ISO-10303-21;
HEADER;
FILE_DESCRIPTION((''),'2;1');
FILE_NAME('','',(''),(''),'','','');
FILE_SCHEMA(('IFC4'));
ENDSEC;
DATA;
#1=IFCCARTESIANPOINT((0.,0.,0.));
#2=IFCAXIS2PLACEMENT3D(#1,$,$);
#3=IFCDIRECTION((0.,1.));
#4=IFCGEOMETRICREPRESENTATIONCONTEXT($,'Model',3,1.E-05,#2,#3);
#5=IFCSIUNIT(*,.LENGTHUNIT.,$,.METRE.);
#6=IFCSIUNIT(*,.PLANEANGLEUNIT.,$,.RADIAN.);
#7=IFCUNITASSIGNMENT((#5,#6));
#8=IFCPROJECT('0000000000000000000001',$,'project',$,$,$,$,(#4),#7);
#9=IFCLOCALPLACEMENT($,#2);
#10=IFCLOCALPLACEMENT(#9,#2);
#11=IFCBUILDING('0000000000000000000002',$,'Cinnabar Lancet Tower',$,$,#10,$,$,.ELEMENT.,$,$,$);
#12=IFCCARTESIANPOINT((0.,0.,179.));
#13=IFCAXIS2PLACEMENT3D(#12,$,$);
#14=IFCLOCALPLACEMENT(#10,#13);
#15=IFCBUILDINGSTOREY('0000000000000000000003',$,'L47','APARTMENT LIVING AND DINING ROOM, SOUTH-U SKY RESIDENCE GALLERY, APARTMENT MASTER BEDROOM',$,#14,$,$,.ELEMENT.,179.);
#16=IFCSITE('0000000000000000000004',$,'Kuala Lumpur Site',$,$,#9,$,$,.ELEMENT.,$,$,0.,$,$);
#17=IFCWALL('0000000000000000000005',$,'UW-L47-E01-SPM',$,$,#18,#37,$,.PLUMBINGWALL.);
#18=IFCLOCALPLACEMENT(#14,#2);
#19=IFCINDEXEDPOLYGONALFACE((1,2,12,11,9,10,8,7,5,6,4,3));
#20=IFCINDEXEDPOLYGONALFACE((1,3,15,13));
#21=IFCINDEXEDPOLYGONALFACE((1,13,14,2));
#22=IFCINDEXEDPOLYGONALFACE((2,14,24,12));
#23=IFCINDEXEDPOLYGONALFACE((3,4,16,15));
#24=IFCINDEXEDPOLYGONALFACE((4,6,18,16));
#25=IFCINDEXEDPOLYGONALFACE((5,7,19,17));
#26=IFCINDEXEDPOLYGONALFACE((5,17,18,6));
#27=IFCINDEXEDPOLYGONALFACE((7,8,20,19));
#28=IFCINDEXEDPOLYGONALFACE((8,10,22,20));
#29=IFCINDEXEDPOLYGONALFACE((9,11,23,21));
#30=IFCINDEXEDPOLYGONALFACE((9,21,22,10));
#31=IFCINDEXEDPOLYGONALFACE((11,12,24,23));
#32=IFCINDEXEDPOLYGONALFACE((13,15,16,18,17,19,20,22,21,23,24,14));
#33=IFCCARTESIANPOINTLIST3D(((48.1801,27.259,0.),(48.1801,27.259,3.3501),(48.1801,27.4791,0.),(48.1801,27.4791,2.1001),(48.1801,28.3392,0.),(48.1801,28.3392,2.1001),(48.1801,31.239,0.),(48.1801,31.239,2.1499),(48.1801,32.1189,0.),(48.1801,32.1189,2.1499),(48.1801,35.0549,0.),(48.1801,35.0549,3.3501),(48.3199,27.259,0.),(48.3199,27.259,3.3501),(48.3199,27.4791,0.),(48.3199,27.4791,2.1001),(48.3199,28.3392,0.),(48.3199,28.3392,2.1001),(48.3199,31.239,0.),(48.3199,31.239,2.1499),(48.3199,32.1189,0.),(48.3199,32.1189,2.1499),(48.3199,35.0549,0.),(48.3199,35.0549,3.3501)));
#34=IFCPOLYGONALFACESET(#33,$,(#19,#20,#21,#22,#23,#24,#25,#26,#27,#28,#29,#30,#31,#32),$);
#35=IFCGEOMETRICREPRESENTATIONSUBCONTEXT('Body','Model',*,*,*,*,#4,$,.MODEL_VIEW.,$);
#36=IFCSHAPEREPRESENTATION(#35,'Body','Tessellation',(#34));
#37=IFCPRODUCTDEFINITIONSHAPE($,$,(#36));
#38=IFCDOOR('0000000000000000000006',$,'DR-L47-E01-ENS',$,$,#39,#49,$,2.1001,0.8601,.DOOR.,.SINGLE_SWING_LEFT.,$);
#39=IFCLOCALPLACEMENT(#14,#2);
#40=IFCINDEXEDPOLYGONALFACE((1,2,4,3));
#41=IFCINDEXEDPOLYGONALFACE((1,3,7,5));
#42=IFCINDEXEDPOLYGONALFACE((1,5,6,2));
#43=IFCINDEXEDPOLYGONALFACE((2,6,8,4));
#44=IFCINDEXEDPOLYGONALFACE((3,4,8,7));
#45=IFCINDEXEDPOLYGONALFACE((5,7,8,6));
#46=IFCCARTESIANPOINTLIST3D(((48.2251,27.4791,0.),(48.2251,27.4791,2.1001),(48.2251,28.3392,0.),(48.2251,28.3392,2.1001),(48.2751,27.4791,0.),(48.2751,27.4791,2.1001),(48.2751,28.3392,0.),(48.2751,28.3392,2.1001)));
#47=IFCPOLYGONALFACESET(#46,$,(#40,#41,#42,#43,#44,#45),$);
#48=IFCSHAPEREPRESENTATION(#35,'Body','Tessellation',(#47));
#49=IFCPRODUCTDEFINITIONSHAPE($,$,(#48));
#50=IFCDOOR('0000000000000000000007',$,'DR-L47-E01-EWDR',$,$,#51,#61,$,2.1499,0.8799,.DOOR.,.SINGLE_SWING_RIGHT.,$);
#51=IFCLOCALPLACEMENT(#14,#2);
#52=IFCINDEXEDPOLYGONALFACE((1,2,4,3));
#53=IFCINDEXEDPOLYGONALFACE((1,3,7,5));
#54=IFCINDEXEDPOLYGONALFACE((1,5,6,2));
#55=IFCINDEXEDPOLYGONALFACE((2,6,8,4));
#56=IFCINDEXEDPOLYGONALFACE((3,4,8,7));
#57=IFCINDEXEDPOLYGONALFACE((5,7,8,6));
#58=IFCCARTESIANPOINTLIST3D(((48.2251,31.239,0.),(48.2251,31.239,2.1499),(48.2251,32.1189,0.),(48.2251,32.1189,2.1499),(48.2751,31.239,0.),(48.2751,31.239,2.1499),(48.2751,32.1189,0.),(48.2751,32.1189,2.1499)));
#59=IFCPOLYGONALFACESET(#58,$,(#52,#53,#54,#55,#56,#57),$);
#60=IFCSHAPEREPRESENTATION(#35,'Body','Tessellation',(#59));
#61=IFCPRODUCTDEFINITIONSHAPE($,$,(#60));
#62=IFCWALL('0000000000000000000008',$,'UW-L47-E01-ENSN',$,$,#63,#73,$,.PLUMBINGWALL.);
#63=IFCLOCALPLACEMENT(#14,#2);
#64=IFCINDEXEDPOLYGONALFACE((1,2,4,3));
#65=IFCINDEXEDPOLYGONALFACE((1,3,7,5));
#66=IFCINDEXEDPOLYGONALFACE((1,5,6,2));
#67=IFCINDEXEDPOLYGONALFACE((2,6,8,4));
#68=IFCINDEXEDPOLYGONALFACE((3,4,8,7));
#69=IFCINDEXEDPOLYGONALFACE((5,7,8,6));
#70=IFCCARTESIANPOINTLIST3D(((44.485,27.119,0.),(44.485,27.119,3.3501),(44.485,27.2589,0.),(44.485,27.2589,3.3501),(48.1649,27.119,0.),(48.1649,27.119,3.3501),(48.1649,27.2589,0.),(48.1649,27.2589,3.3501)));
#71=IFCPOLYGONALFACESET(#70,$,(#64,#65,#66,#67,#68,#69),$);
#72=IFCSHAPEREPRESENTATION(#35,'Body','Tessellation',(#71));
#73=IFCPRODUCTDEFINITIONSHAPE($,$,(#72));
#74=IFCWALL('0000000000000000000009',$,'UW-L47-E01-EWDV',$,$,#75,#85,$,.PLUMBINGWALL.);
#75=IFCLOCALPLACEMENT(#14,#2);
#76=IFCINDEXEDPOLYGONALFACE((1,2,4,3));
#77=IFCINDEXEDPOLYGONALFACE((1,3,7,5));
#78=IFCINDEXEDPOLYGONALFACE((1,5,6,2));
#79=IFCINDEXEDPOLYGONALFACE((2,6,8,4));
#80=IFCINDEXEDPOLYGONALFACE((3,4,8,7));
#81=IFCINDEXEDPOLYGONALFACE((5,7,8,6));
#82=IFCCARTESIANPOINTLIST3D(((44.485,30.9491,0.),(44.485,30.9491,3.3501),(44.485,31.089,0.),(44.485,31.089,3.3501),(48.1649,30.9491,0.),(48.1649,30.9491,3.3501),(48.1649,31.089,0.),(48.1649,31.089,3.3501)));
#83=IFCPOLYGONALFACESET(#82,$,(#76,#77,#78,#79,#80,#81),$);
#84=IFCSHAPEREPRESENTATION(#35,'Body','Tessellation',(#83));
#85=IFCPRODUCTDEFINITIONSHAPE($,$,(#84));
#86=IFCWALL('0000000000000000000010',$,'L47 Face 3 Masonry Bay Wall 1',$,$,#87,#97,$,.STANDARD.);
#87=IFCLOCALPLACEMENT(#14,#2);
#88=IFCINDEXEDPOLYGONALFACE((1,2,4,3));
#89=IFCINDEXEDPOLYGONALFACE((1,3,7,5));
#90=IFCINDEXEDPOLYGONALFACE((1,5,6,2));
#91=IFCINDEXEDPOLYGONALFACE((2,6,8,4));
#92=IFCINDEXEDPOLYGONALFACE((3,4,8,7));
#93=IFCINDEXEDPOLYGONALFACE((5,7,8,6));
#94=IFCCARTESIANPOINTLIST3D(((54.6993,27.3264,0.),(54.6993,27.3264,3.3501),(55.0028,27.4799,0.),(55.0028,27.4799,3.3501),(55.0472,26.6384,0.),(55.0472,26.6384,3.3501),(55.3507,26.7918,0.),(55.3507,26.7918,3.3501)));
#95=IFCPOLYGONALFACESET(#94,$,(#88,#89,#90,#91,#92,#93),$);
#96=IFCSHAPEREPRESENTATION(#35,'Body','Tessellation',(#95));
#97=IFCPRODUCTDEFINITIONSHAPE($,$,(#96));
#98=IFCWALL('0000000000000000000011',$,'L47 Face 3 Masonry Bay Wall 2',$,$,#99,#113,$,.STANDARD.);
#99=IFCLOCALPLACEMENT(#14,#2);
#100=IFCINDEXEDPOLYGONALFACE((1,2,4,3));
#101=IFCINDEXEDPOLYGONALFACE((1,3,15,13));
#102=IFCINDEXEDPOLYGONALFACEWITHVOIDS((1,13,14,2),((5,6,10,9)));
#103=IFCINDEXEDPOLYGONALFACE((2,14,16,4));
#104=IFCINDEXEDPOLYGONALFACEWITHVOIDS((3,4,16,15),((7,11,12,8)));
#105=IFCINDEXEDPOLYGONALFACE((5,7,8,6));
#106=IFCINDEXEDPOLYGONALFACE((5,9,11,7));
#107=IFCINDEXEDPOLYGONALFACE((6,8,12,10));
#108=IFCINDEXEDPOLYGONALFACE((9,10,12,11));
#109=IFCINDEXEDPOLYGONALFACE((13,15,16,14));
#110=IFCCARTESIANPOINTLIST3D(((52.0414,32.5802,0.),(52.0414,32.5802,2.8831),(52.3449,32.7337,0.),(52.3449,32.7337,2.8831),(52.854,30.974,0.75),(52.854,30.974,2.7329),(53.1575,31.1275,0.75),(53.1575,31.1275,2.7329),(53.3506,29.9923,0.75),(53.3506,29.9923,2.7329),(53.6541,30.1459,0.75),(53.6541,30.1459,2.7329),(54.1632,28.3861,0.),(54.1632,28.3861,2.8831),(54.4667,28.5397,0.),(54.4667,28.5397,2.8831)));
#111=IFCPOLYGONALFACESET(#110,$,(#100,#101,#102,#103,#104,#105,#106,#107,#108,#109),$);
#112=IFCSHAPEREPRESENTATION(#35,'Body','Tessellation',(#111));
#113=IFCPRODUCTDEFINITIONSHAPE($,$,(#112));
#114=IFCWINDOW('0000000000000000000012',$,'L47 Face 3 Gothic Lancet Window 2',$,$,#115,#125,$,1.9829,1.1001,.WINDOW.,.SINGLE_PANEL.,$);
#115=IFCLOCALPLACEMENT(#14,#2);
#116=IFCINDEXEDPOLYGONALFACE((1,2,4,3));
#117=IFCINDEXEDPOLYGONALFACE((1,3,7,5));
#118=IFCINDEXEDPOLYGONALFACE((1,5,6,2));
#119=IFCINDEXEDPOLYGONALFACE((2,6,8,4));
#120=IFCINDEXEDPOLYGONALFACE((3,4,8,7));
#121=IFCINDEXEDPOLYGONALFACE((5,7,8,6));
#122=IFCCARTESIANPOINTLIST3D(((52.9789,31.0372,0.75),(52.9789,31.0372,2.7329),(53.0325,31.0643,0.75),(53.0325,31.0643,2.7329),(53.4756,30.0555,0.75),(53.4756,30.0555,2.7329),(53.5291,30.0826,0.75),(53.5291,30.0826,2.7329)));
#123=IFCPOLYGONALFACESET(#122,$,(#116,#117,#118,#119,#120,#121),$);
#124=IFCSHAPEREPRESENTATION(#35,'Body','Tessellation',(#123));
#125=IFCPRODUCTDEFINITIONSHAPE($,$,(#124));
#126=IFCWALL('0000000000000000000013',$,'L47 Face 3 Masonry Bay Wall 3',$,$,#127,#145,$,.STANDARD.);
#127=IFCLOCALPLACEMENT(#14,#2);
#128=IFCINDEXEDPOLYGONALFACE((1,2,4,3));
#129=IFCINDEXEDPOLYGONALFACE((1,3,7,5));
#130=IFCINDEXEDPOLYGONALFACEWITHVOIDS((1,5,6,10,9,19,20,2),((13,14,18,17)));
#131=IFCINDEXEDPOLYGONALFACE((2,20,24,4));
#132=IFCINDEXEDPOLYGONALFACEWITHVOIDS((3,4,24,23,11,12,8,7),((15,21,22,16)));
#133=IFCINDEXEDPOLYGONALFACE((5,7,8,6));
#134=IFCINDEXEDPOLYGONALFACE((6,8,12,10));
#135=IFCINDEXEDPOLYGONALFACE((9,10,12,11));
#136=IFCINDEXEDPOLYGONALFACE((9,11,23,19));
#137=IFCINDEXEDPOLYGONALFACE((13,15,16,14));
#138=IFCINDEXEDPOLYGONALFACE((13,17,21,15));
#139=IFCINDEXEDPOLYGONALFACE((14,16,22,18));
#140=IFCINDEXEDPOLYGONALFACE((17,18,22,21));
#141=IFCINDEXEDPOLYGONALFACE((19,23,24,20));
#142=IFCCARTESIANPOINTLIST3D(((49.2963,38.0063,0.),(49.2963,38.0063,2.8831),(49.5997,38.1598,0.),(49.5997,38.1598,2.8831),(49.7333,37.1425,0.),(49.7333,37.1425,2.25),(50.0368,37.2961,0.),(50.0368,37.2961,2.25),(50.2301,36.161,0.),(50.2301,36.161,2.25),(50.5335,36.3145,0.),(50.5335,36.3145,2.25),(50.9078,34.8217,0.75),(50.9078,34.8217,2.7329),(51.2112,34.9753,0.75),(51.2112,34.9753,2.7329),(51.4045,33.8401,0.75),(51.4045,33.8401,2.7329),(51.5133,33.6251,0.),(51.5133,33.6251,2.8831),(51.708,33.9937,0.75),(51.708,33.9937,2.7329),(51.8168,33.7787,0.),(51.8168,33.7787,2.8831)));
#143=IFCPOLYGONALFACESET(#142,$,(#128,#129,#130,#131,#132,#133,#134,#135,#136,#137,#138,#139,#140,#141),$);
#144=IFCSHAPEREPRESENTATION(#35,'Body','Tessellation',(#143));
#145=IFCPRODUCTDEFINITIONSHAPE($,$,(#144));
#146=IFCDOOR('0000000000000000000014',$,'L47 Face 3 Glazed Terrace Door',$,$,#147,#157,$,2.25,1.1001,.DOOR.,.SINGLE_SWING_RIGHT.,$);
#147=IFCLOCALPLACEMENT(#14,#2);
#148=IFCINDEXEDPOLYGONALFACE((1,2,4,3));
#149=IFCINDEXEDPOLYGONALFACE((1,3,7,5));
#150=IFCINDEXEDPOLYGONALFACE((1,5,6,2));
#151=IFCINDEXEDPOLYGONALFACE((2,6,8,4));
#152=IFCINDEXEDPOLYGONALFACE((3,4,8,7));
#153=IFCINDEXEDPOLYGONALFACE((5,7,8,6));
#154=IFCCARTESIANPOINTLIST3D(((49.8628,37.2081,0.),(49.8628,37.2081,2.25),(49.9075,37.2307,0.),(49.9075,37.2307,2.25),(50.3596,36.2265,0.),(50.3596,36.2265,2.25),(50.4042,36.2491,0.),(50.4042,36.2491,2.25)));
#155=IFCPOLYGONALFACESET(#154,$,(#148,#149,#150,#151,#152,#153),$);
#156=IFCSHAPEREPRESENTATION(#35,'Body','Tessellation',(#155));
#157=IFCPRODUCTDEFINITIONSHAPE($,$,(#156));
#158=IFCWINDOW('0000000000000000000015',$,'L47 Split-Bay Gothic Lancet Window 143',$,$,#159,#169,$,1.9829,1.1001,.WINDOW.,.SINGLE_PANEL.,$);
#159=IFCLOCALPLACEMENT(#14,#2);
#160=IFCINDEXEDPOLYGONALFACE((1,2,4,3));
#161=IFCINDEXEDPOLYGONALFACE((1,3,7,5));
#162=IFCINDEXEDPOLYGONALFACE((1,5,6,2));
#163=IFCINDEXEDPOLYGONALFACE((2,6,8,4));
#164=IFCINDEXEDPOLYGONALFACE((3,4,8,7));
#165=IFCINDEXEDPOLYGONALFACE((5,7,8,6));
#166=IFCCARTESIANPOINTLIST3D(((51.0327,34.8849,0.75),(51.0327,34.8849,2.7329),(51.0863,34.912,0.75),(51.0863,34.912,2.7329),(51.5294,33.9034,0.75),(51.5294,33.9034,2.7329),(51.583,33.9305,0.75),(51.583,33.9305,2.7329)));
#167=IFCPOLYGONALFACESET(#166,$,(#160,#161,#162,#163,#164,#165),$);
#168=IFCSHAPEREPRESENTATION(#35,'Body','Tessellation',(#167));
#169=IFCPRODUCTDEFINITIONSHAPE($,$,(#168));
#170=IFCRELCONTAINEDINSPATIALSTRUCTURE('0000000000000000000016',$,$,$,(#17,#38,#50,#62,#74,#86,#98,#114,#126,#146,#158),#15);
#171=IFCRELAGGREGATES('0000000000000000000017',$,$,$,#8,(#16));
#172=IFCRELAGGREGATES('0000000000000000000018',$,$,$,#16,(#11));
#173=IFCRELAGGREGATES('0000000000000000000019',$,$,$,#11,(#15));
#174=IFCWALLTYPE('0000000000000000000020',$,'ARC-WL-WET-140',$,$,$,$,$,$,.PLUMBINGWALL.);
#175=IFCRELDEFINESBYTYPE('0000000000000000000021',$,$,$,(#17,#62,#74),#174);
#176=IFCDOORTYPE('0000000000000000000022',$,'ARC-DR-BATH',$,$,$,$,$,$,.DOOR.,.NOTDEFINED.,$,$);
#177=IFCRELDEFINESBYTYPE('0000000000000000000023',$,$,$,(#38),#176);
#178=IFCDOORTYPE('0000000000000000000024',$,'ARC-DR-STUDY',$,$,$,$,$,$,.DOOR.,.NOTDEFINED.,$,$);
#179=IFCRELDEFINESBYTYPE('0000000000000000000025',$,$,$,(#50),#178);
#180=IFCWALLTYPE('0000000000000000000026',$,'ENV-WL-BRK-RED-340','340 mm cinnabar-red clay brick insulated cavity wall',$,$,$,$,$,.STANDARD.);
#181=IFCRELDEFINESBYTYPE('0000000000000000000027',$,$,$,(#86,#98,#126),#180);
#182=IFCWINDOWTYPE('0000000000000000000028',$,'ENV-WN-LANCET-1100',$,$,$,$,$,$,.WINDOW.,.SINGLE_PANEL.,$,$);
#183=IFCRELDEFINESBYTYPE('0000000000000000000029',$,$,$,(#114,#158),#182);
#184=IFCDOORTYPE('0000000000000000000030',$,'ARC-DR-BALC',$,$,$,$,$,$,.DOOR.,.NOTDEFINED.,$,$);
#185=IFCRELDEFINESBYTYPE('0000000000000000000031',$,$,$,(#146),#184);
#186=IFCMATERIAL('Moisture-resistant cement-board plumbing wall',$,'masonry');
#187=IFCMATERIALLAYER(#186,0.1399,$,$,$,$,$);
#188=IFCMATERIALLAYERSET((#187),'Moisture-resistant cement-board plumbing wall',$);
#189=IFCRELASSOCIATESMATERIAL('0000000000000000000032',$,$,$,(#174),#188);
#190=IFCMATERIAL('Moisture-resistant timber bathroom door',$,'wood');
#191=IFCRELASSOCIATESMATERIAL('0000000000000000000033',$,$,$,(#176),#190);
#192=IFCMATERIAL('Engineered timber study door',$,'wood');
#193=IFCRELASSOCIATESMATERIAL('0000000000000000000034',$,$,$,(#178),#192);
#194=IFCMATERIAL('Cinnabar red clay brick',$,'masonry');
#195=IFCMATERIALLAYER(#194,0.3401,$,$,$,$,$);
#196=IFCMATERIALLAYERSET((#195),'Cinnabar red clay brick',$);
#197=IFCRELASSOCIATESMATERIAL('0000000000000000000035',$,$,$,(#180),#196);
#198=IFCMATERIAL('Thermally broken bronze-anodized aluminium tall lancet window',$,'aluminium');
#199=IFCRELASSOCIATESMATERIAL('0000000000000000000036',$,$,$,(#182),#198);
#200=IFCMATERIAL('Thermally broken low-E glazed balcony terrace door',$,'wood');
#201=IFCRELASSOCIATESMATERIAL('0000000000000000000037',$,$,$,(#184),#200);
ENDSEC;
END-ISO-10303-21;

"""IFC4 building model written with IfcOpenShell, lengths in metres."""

from ifc_helpers import new_model, si_unit, direction, frame, frame_2d, origin, place, context, subcontext, project, spatial, rectangle, extrude, material, layer, layer_set, type_object, element, fill, save


model = new_model("IFC4")

# Units and contexts
model_context = context("Model", 3, precision=1e-05, world=origin(), true_north=direction((0.0, 1.0)))
body_context = subcontext(model_context, "Body", "Model", "MODEL_VIEW")
ifc_project = project(units=[si_unit("LENGTHUNIT", "METRE"), si_unit("PLANEANGLEUNIT", "RADIAN")], contexts=[model_context])

# Site, building, storey
site_placement = place(None, origin())
site = spatial("IfcSite", under=ifc_project, at=site_placement, Name="Kuala Lumpur Site", CompositionType="ELEMENT", RefElevation=0.0)
building_placement = place(site_placement, origin())
building = spatial("IfcBuilding", under=site, at=building_placement, Name="Cinnabar Lancet Tower", CompositionType="ELEMENT")
storey_placement = place(building_placement, frame((0.0, 0.0, 179.0)))
storey = spatial("IfcBuildingStorey", under=building, at=storey_placement, Name="L47", Description="APARTMENT LIVING AND DINING ROOM, SOUTH-U SKY RESIDENCE GALLERY, APARTMENT MASTER BEDROOM", CompositionType="ELEMENT", Elevation=179.0)

# Wall, openings, doors
ifc_material_1 = material(Name="Moisture-resistant cement-board plumbing wall", Category="masonry")
ifc_layer_1 = layer(ifc_material_1, 0.1399)
ifc_layer_set_1 = layer_set([ifc_layer_1], Name="Moisture-resistant cement-board plumbing wall")
wall_type_1 = type_object("IfcWallType", Name="ARC-WL-WET-140", PredefinedType="PLUMBINGWALL", material=ifc_layer_set_1)
wall_1_placement = place(storey_placement, frame((48.25, 27.259, 0.0), z_axis=(0.0, 0.0, 1.0), x_axis=(0.0, 1.0, 0.0)))
wall_1 = element("IfcWall", 1, at=wall_1_placement, inside=storey, type_object=wall_type_1, Name="UW-L47-E01-SPM", PredefinedType="PLUMBINGWALL", context=body_context, shape_type="SweptSolid", body=[
    extrude(rectangle(XDim=7.7959, YDim=0.1399, at=frame_2d((3.8979, 0.0))), origin(), (0.0, 0.0, 1.0), 3.3501),
])
opening_1_placement = place(wall_1_placement, frame((0.22, 0.0, 0.0)))
opening_1 = element("IfcOpeningElement", 2, at=opening_1_placement, cuts=wall_1, PredefinedType="OPENING", context=body_context, shape_type="SweptSolid", body=[
    extrude(rectangle(XDim=0.8601, YDim=2.1001, at=frame_2d((0.4302, 1.05))), frame((0.0, 0.0798, 0.0), z_axis=(0.0, -1.0, 0.0), x_axis=(1.0, 0.0, 0.0)), (0.0, 0.0, 1.0), 0.1599),
])
opening_2_placement = place(wall_1_placement, frame((3.98, 0.0, 0.0)))
opening_2 = element("IfcOpeningElement", 3, at=opening_2_placement, cuts=wall_1, PredefinedType="OPENING", context=body_context, shape_type="SweptSolid", body=[
    extrude(rectangle(XDim=0.8799, YDim=2.1499, at=frame_2d((0.4399, 1.075))), frame((0.0, 0.0798, 0.0), z_axis=(0.0, -1.0, 0.0), x_axis=(1.0, 0.0, 0.0)), (0.0, 0.0, 1.0), 0.1599),
])
ifc_material_2 = material(Name="Moisture-resistant timber bathroom door", Category="wood")
door_type_1 = type_object("IfcDoorType", Name="ARC-DR-BATH", OperationType="NOTDEFINED", PredefinedType="DOOR", material=ifc_material_2)
door_1_placement = place(opening_1_placement, origin())
door_1 = element("IfcDoor", 4, at=door_1_placement, inside=storey, type_object=door_type_1, Name="DR-L47-E01-ENS", OperationType="SINGLE_SWING_LEFT", OverallHeight=2.1001, OverallWidth=0.8601, PredefinedType="DOOR", context=body_context, shape_type="SweptSolid", body=[
    extrude(rectangle(XDim=0.8601, YDim=2.1001, at=frame_2d((0.4302, 1.05))), frame((0.0, 0.0249, 0.0), z_axis=(0.0, -1.0, 0.0), x_axis=(1.0, 0.0, 0.0)), (0.0, 0.0, 1.0), 0.05),
])
fill(opening_1, door_1)
ifc_material_3 = material(Name="Engineered timber study door", Category="wood")
door_type_2 = type_object("IfcDoorType", Name="ARC-DR-STUDY", OperationType="NOTDEFINED", PredefinedType="DOOR", material=ifc_material_3)
door_2_placement = place(opening_2_placement, origin())
door_2 = element("IfcDoor", 5, at=door_2_placement, inside=storey, type_object=door_type_2, Name="DR-L47-E01-EWDR", OperationType="SINGLE_SWING_RIGHT", OverallHeight=2.1499, OverallWidth=0.8799, PredefinedType="DOOR", context=body_context, shape_type="SweptSolid", body=[
    extrude(rectangle(XDim=0.8799, YDim=2.1499, at=frame_2d((0.4399, 1.075))), frame((0.0, 0.0249, 0.0), z_axis=(0.0, -1.0, 0.0), x_axis=(1.0, 0.0, 0.0)), (0.0, 0.0, 1.0), 0.05),
])
fill(opening_2, door_2)

# Walls
for number, where, z_axis, x_axis, name in (
    (6, (44.4851, 27.189, 0.0), (0.0, 0.0, 1.0), (1.0, 0.0, 0.0), "UW-L47-E01-ENSN"),
    (7, (44.4851, 31.019, 0.0), (0.0, 0.0, 1.0), (1.0, 0.0, 0.0), "UW-L47-E01-EWDV"),
):
    element("IfcWall", number, at=place(storey_placement, frame(where, z_axis=z_axis, x_axis=x_axis)), inside=storey, type_object=wall_type_1, Name=name, PredefinedType="PLUMBINGWALL", context=body_context, shape_type="SweptSolid", body=[
        extrude(rectangle(XDim=3.6799, YDim=0.1399, at=frame_2d((1.8398, 0.0))), origin(), (0.0, 0.0, 1.0), 3.3501),
    ])
ifc_material_4 = material(Name="Cinnabar red clay brick", Category="masonry")
ifc_layer_2 = layer(ifc_material_4, 0.3401)
ifc_layer_set_2 = layer_set([ifc_layer_2], Name="Cinnabar red clay brick")
wall_type_2 = type_object("IfcWallType", Name="ENV-WL-BRK-RED-340", Description="340 mm cinnabar-red clay brick insulated cavity wall", PredefinedType="STANDARD", material=ifc_layer_set_2)
wall_2_placement = place(storey_placement, frame((55.199, 26.7151, 0.0), z_axis=(0.0, 0.0, 1.0), x_axis=(-0.451262, 0.892391, 0.0)))
element("IfcWall", 8, at=wall_2_placement, inside=storey, type_object=wall_type_2, Name="L47 Face 3 Masonry Bay Wall 1", PredefinedType="STANDARD", context=body_context, shape_type="SweptSolid", body=[
    extrude(rectangle(XDim=0.771, YDim=0.3401, at=frame_2d((0.3855, 0.0))), origin(), (0.0, 0.0, 1.0), 3.3501),
])

# Wall, opening, window
wall_3_placement = place(storey_placement, frame((54.3149, 28.4629, 0.0), z_axis=(0.0, 0.0, 1.0), x_axis=(-0.451426, 0.892308, 0.0)))
wall_3 = element("IfcWall", 9, at=wall_3_placement, inside=storey, type_object=wall_type_2, Name="L47 Face 3 Masonry Bay Wall 2", PredefinedType="STANDARD", context=body_context, shape_type="SweptSolid", body=[
    extrude(rectangle(XDim=4.7002, YDim=0.3401, at=frame_2d((2.3501, 0.0))), origin(), (0.0, 0.0, 1.0), 2.8831),
])
opening_3_placement = place(wall_3_placement, frame((1.8, 0.0, 0.75)))
opening_3 = element("IfcOpeningElement", 10, at=opening_3_placement, cuts=wall_3, PredefinedType="OPENING", context=body_context, shape_type="SweptSolid", body=[
    extrude(rectangle(XDim=1.1001, YDim=1.9829, at=frame_2d((0.55, 0.9915))), frame((0.0, 0.1799, 0.0), z_axis=(0.0, -1.0, 0.0), x_axis=(1.0, 0.0, 0.0)), (0.0, 0.0, 1.0), 0.3601),
])
ifc_material_5 = material(Name="Thermally broken bronze-anodized aluminium tall lancet window", Category="aluminium")
window_type = type_object("IfcWindowType", Name="ENV-WN-LANCET-1100", PartitioningType="SINGLE_PANEL", PredefinedType="WINDOW", material=ifc_material_5)
window_1_placement = place(opening_3_placement, origin())
window_1 = element("IfcWindow", 11, at=window_1_placement, inside=storey, type_object=window_type, Name="L47 Face 3 Gothic Lancet Window 2", OverallHeight=1.9829, OverallWidth=1.1001, PartitioningType="SINGLE_PANEL", PredefinedType="WINDOW", context=body_context, shape_type="SweptSolid", body=[
    extrude(rectangle(XDim=1.1001, YDim=1.9829, at=frame_2d((0.55, 0.9915))), frame((0.0, 0.03, 0.0), z_axis=(0.0, -1.0, 0.0), x_axis=(1.0, 0.0, 0.0)), (0.0, 0.0, 1.0), 0.0601),
])
fill(opening_3, window_1)

# Wall, openings, door, window
wall_4_placement = place(storey_placement, frame((51.665, 33.7019, 0.0), z_axis=(0.0, 0.0, 1.0), x_axis=(-0.451524, 0.892259, 0.0)))
wall_4 = element("IfcWall", 12, at=wall_4_placement, inside=storey, type_object=wall_type_2, Name="L47 Face 3 Masonry Bay Wall 3", PredefinedType="STANDARD", context=body_context, shape_type="SweptSolid", body=[
    extrude(rectangle(XDim=4.9102, YDim=0.3401, at=frame_2d((2.4551, 0.0))), origin(), (0.0, 0.0, 1.0), 2.8831),
])
opening_4_placement = place(wall_4_placement, frame((2.842, 0.0, 0.0)))
opening_4 = element("IfcOpeningElement", 13, at=opening_4_placement, cuts=wall_4, PredefinedType="OPENING", context=body_context, shape_type="SweptSolid", body=[
    extrude(rectangle(XDim=1.1001, YDim=2.25, at=frame_2d((0.55, 1.125))), frame((0.0, 0.1799, 0.0), z_axis=(0.0, -1.0, 0.0), x_axis=(1.0, 0.0, 0.0)), (0.0, 0.0, 1.0), 0.3601),
])
opening_5_placement = place(wall_4_placement, frame((0.241, 0.0, 0.75)))
opening_5 = element("IfcOpeningElement", 14, at=opening_5_placement, cuts=wall_4, PredefinedType="OPENING", context=body_context, shape_type="SweptSolid", body=[
    extrude(rectangle(XDim=1.1001, YDim=1.9829, at=frame_2d((0.55, 0.9915))), frame((0.0, 0.1799, 0.0), z_axis=(0.0, -1.0, 0.0), x_axis=(1.0, 0.0, 0.0)), (0.0, 0.0, 1.0), 0.3601),
])
ifc_material_6 = material(Name="Thermally broken low-E glazed balcony terrace door", Category="wood")
door_type_3 = type_object("IfcDoorType", Name="ARC-DR-BALC", OperationType="NOTDEFINED", PredefinedType="DOOR", material=ifc_material_6)
door_3_placement = place(opening_4_placement, origin())
door_3 = element("IfcDoor", 15, at=door_3_placement, inside=storey, type_object=door_type_3, Name="L47 Face 3 Glazed Terrace Door", OperationType="SINGLE_SWING_RIGHT", OverallHeight=2.25, OverallWidth=1.1001, PredefinedType="DOOR", context=body_context, shape_type="SweptSolid", body=[
    extrude(rectangle(XDim=1.1001, YDim=2.25, at=frame_2d((0.55, 1.125))), frame((0.0, 0.0249, 0.0), z_axis=(0.0, -1.0, 0.0), x_axis=(1.0, 0.0, 0.0)), (0.0, 0.0, 1.0), 0.05),
])
fill(opening_4, door_3)
window_2_placement = place(opening_5_placement, origin())
window_2 = element("IfcWindow", 16, at=window_2_placement, inside=storey, type_object=window_type, Name="L47 Split-Bay Gothic Lancet Window 143", OverallHeight=1.9829, OverallWidth=1.1001, PartitioningType="SINGLE_PANEL", PredefinedType="WINDOW", context=body_context, shape_type="SweptSolid", body=[
    extrude(rectangle(XDim=1.1001, YDim=1.9829, at=frame_2d((0.55, 0.9915))), frame((0.0, 0.03, 0.0), z_axis=(0.0, -1.0, 0.0), x_axis=(1.0, 0.0, 0.0)), (0.0, 0.0, 1.0), 0.0601),
])
fill(opening_5, window_2)

save(model, "model.ifc")
